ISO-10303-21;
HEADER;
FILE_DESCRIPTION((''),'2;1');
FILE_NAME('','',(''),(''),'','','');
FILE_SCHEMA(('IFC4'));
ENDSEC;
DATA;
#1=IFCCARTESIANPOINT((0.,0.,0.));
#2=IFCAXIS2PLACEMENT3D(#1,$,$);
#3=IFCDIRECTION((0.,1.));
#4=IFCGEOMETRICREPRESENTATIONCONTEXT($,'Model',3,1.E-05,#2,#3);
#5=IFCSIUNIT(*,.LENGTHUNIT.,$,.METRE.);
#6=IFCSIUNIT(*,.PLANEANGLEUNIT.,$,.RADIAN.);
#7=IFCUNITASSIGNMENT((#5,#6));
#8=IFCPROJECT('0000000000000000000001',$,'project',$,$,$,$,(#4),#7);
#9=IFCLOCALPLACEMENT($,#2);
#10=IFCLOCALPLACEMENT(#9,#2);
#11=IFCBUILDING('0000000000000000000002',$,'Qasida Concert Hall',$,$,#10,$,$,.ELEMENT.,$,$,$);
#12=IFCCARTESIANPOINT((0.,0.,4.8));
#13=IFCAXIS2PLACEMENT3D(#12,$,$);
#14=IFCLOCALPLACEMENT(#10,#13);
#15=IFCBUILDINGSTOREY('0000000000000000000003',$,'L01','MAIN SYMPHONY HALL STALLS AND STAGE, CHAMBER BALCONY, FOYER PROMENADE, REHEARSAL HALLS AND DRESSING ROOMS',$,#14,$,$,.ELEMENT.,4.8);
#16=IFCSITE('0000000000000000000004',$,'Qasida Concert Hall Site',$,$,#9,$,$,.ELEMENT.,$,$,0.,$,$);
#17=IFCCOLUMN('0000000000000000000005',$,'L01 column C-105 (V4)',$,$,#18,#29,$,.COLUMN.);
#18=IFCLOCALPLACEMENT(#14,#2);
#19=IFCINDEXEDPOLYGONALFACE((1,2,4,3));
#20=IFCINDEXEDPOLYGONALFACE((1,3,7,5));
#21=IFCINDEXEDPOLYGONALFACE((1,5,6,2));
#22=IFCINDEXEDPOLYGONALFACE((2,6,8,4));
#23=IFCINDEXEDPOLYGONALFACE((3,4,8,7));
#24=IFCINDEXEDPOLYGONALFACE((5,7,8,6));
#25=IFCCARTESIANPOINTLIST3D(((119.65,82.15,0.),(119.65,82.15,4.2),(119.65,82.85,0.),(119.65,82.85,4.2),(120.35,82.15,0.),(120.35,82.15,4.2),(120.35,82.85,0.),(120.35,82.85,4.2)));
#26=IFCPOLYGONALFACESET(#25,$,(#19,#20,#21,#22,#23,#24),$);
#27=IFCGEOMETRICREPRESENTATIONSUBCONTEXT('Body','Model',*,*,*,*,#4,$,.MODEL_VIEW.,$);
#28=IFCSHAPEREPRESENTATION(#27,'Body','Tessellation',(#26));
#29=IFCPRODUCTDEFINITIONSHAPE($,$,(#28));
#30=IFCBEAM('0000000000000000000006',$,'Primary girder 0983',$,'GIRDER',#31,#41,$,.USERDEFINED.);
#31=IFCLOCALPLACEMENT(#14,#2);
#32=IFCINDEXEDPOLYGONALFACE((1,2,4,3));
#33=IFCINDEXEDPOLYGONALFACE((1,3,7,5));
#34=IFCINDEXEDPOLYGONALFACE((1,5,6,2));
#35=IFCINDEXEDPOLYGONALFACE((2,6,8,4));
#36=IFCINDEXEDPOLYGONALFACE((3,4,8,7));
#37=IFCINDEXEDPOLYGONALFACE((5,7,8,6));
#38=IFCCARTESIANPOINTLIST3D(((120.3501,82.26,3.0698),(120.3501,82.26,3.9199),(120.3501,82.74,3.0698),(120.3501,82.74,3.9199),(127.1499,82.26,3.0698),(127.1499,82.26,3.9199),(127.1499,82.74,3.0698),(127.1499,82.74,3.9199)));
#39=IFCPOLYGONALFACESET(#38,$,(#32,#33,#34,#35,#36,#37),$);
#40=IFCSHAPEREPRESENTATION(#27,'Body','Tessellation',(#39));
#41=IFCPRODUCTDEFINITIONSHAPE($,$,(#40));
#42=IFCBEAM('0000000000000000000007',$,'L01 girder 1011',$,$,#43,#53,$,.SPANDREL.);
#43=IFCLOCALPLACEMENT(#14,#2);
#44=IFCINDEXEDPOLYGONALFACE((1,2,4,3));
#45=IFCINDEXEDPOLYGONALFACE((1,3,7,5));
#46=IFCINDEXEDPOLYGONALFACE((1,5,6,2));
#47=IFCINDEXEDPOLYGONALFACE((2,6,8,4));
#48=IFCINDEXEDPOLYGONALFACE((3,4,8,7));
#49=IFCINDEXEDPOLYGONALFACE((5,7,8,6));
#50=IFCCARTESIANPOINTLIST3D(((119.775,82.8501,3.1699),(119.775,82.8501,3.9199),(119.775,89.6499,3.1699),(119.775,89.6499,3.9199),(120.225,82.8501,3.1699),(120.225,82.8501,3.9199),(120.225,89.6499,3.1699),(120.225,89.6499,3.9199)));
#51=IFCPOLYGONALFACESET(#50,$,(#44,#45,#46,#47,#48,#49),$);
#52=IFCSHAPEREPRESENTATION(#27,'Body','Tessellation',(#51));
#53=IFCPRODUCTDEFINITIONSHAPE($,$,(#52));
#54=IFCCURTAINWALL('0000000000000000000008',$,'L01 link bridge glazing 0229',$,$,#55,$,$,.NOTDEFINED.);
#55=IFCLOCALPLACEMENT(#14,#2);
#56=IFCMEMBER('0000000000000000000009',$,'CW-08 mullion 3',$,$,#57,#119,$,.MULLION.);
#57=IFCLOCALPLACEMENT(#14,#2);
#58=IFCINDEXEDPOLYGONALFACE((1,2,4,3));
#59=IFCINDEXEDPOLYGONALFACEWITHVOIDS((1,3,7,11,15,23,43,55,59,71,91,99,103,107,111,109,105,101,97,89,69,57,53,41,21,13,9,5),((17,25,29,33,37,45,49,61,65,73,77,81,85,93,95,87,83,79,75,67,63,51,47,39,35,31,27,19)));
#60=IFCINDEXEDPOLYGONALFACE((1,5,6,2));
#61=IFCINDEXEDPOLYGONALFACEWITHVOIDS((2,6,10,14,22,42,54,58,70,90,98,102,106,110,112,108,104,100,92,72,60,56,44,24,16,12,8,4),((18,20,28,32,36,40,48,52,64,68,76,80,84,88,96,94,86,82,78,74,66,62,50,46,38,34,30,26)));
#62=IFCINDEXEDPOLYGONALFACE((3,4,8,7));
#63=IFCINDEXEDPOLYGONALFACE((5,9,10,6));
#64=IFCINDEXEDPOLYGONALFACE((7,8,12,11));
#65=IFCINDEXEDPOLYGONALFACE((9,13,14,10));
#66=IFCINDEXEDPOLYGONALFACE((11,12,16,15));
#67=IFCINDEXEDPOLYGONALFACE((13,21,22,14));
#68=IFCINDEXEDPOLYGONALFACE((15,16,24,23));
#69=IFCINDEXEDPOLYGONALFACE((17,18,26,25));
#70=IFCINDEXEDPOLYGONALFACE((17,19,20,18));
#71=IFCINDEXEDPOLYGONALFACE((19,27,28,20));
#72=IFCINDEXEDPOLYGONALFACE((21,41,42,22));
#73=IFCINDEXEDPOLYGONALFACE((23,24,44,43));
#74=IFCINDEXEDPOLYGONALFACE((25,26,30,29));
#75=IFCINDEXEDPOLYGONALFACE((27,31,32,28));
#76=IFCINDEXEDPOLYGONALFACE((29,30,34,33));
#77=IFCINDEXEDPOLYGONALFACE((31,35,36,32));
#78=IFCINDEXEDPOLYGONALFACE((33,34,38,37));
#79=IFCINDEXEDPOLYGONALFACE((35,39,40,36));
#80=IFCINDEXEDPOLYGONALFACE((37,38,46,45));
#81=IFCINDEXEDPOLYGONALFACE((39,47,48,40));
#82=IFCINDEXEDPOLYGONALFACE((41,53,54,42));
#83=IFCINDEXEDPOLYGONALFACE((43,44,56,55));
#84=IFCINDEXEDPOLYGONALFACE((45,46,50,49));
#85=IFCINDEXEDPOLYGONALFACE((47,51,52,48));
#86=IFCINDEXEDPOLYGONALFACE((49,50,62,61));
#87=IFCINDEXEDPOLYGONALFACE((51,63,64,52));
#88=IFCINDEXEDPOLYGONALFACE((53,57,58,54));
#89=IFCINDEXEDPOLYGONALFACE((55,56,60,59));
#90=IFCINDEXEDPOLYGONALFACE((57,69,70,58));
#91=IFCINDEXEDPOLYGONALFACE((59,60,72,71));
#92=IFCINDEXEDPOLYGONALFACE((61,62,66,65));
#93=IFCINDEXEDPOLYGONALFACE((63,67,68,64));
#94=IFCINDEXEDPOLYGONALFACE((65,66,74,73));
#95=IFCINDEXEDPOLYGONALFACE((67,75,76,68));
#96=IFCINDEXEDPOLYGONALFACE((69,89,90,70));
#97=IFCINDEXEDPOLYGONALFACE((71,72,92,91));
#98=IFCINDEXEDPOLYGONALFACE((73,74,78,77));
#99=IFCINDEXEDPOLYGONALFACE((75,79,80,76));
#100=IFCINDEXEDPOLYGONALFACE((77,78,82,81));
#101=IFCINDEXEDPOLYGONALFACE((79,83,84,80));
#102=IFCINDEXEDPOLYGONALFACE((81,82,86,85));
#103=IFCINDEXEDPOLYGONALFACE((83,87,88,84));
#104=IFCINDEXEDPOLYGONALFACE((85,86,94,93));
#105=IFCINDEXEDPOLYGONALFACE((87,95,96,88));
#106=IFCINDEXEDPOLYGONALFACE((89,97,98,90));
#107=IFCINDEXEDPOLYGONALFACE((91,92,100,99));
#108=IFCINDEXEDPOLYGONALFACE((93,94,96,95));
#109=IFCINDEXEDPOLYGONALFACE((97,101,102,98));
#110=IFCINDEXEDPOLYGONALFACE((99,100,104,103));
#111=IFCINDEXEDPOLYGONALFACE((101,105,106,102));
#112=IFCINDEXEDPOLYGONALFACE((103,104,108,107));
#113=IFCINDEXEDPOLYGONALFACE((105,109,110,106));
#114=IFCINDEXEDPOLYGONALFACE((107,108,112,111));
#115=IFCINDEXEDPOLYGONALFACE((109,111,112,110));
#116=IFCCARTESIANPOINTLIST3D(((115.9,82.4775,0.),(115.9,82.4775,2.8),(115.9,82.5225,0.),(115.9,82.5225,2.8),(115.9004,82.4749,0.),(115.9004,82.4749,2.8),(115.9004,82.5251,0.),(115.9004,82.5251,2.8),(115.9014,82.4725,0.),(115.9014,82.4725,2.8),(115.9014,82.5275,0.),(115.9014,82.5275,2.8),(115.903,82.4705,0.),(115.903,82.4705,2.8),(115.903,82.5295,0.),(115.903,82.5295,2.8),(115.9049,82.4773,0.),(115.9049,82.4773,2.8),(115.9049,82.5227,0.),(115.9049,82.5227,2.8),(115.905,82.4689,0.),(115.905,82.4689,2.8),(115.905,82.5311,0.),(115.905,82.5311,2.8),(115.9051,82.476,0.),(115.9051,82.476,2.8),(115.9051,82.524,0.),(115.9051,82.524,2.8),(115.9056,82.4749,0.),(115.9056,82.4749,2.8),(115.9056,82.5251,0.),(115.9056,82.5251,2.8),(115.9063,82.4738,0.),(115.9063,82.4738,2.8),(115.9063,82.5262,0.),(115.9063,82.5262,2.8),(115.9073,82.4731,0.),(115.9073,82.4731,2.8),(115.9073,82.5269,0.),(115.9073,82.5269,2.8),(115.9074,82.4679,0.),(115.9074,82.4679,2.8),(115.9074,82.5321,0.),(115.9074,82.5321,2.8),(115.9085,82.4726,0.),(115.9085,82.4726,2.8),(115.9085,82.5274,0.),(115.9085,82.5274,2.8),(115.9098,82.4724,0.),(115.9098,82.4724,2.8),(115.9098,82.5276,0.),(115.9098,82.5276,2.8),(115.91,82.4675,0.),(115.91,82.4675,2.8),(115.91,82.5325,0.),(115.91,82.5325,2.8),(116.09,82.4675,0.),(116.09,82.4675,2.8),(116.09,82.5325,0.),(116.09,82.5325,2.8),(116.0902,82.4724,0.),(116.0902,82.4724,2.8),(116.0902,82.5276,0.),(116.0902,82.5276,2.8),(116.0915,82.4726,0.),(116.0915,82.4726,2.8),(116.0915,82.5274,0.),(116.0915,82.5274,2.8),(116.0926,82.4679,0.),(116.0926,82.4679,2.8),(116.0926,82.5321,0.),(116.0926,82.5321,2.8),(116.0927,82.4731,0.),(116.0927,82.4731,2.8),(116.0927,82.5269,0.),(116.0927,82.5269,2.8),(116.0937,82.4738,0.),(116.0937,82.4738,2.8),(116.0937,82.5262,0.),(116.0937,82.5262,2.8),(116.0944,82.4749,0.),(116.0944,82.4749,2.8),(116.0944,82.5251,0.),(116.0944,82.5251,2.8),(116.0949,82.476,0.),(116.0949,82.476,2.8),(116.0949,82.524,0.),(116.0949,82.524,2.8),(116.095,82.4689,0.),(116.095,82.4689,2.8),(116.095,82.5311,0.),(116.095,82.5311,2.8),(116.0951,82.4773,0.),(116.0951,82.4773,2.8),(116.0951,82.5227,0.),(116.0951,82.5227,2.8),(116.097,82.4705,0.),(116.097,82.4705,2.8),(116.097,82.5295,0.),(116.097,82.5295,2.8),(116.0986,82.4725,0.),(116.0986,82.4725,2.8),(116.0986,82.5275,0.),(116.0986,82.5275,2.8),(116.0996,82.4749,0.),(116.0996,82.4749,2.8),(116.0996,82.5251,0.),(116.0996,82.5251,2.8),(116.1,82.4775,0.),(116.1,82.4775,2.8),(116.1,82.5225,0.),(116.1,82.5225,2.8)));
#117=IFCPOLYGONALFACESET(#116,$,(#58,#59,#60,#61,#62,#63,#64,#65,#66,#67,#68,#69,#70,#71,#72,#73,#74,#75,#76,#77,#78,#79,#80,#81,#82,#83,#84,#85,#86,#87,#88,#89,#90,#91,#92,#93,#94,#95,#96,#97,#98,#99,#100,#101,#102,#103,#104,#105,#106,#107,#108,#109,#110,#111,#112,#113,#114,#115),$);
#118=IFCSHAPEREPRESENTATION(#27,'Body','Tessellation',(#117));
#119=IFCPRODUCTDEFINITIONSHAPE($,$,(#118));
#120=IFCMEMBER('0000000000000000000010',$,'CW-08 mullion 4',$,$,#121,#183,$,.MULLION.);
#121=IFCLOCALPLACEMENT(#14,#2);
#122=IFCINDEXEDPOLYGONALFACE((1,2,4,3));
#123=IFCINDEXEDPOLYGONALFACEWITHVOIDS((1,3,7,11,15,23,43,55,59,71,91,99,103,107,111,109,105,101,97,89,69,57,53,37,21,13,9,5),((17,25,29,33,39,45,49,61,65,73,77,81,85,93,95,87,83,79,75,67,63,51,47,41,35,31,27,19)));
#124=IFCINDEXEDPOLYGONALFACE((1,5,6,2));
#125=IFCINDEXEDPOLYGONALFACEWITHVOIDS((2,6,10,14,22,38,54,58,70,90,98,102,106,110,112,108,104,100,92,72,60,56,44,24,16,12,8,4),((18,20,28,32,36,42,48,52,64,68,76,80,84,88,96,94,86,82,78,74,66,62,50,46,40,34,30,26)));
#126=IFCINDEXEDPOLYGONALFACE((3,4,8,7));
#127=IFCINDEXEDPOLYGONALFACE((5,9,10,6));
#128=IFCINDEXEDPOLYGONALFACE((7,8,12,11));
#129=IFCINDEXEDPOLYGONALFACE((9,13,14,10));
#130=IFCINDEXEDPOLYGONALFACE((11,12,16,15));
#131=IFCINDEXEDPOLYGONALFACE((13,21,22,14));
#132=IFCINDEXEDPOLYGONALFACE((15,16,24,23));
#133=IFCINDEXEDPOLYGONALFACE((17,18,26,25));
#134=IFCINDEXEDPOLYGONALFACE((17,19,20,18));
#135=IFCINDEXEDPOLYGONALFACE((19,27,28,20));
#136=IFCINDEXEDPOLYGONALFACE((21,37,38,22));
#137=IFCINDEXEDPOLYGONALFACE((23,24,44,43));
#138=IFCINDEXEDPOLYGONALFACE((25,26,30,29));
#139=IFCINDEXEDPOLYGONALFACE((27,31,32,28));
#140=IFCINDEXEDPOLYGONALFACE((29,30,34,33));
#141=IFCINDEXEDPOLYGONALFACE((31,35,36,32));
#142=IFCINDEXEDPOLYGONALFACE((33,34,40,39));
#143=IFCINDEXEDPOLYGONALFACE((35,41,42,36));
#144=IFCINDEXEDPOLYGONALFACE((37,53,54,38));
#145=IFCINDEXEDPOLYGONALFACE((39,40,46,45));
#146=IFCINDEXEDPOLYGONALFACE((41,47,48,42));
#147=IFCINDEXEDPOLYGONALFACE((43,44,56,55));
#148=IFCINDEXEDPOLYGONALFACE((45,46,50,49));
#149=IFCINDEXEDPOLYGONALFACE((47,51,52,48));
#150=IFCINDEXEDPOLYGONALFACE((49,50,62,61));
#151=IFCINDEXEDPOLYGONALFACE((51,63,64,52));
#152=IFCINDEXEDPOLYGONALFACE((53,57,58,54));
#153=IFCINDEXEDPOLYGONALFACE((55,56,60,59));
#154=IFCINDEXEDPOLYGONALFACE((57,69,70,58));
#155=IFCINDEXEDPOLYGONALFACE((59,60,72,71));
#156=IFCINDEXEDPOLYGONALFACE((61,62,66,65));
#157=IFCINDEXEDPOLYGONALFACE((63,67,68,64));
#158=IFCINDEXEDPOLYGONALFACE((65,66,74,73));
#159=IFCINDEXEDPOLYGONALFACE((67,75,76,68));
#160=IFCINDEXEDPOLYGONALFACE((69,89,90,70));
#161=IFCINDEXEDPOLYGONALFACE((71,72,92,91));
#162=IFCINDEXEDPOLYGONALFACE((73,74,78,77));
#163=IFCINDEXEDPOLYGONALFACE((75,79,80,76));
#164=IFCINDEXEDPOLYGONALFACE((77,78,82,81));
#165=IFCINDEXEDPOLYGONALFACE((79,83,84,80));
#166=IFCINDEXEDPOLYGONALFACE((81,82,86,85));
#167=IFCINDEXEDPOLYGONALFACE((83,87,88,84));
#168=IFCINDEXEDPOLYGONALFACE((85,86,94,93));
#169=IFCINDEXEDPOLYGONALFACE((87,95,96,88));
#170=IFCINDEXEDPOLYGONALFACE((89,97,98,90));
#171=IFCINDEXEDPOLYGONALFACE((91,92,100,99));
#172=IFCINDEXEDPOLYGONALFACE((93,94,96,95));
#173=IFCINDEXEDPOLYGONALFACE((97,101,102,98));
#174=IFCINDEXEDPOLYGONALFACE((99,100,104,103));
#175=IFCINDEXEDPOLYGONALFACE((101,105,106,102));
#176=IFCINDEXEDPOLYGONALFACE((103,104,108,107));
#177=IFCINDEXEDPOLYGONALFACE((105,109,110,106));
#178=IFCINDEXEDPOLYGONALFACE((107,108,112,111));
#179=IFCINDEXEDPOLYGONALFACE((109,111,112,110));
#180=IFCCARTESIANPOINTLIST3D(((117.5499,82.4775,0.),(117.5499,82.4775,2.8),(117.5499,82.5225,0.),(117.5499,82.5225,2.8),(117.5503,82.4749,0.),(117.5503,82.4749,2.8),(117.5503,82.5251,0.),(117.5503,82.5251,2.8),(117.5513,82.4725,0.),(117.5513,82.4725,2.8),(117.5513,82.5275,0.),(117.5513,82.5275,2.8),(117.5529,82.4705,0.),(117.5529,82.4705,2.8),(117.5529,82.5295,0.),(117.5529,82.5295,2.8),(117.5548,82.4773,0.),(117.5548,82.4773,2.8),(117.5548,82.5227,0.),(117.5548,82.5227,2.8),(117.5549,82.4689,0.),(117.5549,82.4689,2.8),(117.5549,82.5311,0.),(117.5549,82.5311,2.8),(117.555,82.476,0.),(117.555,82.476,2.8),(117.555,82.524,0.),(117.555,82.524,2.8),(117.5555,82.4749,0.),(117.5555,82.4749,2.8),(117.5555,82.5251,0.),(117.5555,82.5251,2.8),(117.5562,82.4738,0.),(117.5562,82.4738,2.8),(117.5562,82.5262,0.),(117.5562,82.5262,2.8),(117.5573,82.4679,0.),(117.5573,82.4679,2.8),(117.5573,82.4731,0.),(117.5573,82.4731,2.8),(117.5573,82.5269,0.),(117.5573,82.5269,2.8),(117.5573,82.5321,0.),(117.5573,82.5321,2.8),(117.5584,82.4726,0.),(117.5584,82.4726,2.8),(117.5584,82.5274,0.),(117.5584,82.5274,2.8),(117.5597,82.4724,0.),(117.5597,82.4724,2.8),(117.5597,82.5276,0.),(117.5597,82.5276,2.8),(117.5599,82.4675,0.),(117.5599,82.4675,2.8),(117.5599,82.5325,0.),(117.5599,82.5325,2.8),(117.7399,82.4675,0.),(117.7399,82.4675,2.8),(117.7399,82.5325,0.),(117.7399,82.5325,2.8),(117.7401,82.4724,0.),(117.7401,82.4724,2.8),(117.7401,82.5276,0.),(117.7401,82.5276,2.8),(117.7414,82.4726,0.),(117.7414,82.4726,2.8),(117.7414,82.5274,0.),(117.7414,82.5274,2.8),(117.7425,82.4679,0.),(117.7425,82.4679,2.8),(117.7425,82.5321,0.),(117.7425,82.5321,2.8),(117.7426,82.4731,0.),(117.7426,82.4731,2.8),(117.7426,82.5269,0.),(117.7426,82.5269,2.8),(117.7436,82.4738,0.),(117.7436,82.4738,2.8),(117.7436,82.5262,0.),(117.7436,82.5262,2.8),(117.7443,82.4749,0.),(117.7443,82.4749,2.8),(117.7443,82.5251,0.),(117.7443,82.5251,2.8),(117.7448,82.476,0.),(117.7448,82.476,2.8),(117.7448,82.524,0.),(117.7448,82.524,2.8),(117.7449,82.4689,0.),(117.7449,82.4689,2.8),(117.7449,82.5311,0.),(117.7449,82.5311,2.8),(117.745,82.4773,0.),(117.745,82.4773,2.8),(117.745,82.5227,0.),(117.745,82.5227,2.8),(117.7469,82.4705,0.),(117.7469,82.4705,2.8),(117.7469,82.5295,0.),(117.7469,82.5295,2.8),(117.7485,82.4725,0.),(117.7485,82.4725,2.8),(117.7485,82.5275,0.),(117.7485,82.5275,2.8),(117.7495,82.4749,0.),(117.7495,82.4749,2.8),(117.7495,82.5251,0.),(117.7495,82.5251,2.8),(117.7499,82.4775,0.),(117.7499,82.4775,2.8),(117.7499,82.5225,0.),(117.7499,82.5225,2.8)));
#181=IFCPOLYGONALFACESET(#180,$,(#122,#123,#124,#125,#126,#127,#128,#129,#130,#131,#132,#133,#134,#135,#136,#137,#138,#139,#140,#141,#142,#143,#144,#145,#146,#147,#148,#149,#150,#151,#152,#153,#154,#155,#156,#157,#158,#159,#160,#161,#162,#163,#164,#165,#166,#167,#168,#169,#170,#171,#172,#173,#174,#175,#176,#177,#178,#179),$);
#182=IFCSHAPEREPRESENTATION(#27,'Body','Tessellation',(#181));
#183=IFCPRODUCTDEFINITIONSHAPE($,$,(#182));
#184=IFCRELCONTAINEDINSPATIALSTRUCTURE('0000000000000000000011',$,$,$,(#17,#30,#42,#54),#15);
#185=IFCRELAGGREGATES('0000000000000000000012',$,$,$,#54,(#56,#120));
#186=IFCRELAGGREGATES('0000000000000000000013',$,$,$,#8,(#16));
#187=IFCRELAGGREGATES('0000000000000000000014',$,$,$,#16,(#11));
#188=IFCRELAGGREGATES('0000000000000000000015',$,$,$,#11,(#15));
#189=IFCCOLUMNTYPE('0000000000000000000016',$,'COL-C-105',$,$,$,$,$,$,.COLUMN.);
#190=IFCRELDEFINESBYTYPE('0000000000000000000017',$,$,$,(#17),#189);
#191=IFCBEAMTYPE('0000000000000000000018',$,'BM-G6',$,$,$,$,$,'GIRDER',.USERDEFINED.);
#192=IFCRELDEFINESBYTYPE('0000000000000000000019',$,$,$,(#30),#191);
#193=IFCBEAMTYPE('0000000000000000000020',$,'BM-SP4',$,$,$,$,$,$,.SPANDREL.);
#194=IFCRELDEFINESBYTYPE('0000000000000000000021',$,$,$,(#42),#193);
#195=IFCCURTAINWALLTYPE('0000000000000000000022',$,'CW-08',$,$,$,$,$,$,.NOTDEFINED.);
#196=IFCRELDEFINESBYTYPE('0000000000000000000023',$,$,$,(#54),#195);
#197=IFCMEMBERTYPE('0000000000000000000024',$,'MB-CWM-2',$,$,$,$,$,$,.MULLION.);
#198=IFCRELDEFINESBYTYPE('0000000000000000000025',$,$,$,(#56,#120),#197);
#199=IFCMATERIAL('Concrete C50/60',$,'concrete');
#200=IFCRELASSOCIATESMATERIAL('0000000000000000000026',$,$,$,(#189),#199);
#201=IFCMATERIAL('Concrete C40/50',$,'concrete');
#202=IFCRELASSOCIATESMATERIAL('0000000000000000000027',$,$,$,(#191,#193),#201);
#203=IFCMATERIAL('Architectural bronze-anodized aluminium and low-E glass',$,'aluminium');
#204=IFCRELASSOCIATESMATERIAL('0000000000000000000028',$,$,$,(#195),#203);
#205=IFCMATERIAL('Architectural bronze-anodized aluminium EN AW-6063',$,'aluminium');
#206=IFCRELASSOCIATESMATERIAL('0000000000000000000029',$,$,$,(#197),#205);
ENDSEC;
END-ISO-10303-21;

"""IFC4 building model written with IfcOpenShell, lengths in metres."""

from ifc_helpers import new_model, si_unit, direction, frame, origin, origin_2d, place, context, subcontext, project, spatial, rectangle, hollow_rectangle, extrude, material, material_profile, profile_set, type_object, element, aggregate, save


model = new_model("IFC4")

# Units and contexts
model_context = context("Model", 3, precision=1e-05, world=origin(), true_north=direction((0.0, 1.0)))
body_context = subcontext(model_context, "Body", "Model", "MODEL_VIEW")
ifc_project = project(units=[si_unit("LENGTHUNIT", "METRE"), si_unit("PLANEANGLEUNIT", "RADIAN")], contexts=[model_context])

# Site, building, storey
site_placement = place(None, origin())
site = spatial("IfcSite", under=ifc_project, at=site_placement, Name="Qasida Concert Hall Site", CompositionType="ELEMENT", RefElevation=0.0)
building_placement = place(site_placement, origin())
building = spatial("IfcBuilding", under=site, at=building_placement, Name="Qasida Concert Hall", CompositionType="ELEMENT")
storey_placement = place(building_placement, frame((0.0, 0.0, 4.8)))
storey = spatial("IfcBuildingStorey", under=building, at=storey_placement, Name="L01", Description="MAIN SYMPHONY HALL STALLS AND STAGE, CHAMBER BALCONY, FOYER PROMENADE, REHEARSAL HALLS AND DRESSING ROOMS", CompositionType="ELEMENT", Elevation=4.8)

# Column
ifc_material_1 = material(Name="Concrete C50/60", Category="concrete")
ifc_material_profile_1 = material_profile(ifc_material_1, rectangle(XDim=0.7, YDim=0.7, at=origin_2d()), Name="RC 700x700")
ifc_profile_set_1 = profile_set([ifc_material_profile_1], Name="Concrete C50/60")
column_type = type_object("IfcColumnType", Name="COL-C-105", PredefinedType="COLUMN", material=ifc_profile_set_1)
column_placement = place(storey_placement, frame((120.0, 82.5, 0.0), z_axis=(0.0, 0.0, 1.0), x_axis=(1.0, 0.0, 0.0)))
element("IfcColumn", 1, at=column_placement, inside=storey, type_object=column_type, Name="L01 column C-105 (V4)", PredefinedType="COLUMN", context=body_context, shape_type="SweptSolid", body=[
    extrude(rectangle(XDim=0.7, YDim=0.7, at=origin_2d()), origin(), (0.0, 0.0, 1.0), 4.2),
])

# Beams
ifc_material_2 = material(Name="Concrete C40/50", Category="concrete")
ifc_material_profile_2 = material_profile(ifc_material_2, rectangle(XDim=0.48, YDim=0.8501, at=origin_2d()), Name="RC 480x850")
ifc_profile_set_2 = profile_set([ifc_material_profile_2], Name="Concrete C40/50")
beam_type_1 = type_object("IfcBeamType", Name="BM-G6", ElementType="GIRDER", PredefinedType="USERDEFINED", material=ifc_profile_set_2)
beam_1_placement = place(storey_placement, frame((120.3501, 82.5, 3.4949), z_axis=(1.0, 0.0, 0.0), x_axis=(0.0, 1.0, 0.0)))
element("IfcBeam", 2, at=beam_1_placement, inside=storey, type_object=beam_type_1, Name="Primary girder 0983", ObjectType="GIRDER", PredefinedType="USERDEFINED", context=body_context, shape_type="SweptSolid", body=[
    extrude(rectangle(XDim=0.48, YDim=0.8501, at=origin_2d()), origin(), (0.0, 0.0, 1.0), 6.7998),
])
ifc_material_profile_3 = material_profile(ifc_material_2, rectangle(XDim=0.45, YDim=0.75, at=origin_2d()), Name="RC 450x750")
ifc_profile_set_3 = profile_set([ifc_material_profile_3], Name="Concrete C40/50")
beam_type_2 = type_object("IfcBeamType", Name="BM-SP4", PredefinedType="SPANDREL", material=ifc_profile_set_3)
beam_2_placement = place(storey_placement, frame((120.0, 82.8501, 3.5449), z_axis=(0.0, 1.0, 0.0), x_axis=(-1.0, 0.0, 0.0)))
element("IfcBeam", 3, at=beam_2_placement, inside=storey, type_object=beam_type_2, Name="L01 girder 1011", PredefinedType="SPANDREL", context=body_context, shape_type="SweptSolid", body=[
    extrude(rectangle(XDim=0.45, YDim=0.75, at=origin_2d()), origin(), (0.0, 0.0, 1.0), 6.7998),
])

# Curtain wall, members
ifc_material_3 = material(Name="Architectural bronze-anodized aluminium and low-E glass", Category="aluminium")
curtain_wall_type_1 = type_object("IfcCurtainWallType", Name="CW-08", PredefinedType="NOTDEFINED", material=ifc_material_3)
curtain_wall_1_placement = place(storey_placement, origin())
curtain_wall_1 = element("IfcCurtainWall", 4, at=curtain_wall_1_placement, inside=storey, type_object=curtain_wall_type_1, Name="L01 link bridge glazing 0229", PredefinedType="NOTDEFINED")
ifc_material_4 = material(Name="Architectural bronze-anodized aluminium EN AW-6063", Category="aluminium")
ifc_material_profile_4 = material_profile(ifc_material_4, hollow_rectangle(XDim=0.0649, YDim=0.2, WallThickness=0.0049, InnerFilletRadius=0.0049, OuterFilletRadius=0.01, at=origin_2d()), Name="CWM 200x65x5")
ifc_profile_set_4 = profile_set([ifc_material_profile_4], Name="Architectural bronze-anodized aluminium EN AW-6063")
member_type_1 = type_object("IfcMemberType", Name="MB-CWM-2", PredefinedType="MULLION", material=ifc_profile_set_4)
member_1_placement = place(storey_placement, frame((116.0, 82.5, 0.0), z_axis=(0.0, 0.0, 1.0), x_axis=(0.0, 1.0, 0.0)))
member_1 = element("IfcMember", 5, at=member_1_placement, type_object=member_type_1, Name="CW-08 mullion 3", PredefinedType="MULLION", context=body_context, shape_type="SweptSolid", body=[
    extrude(hollow_rectangle(XDim=0.0649, YDim=0.2, WallThickness=0.0049, InnerFilletRadius=0.0049, OuterFilletRadius=0.01, at=origin_2d()), origin(), (0.0, 0.0, 1.0), 2.8),
])
member_2_placement = place(storey_placement, frame((117.6499, 82.5, 0.0), z_axis=(0.0, 0.0, 1.0), x_axis=(0.0, 1.0, 0.0)))
member_2 = element("IfcMember", 6, at=member_2_placement, type_object=member_type_1, Name="CW-08 mullion 4", PredefinedType="MULLION", context=body_context, shape_type="SweptSolid", body=[
    extrude(hollow_rectangle(XDim=0.0649, YDim=0.2, WallThickness=0.0049, InnerFilletRadius=0.0049, OuterFilletRadius=0.01, at=origin_2d()), origin(), (0.0, 0.0, 1.0), 2.8),
])

aggregate(curtain_wall_1, [member_1, member_2])

save(model, "model.ifc")
